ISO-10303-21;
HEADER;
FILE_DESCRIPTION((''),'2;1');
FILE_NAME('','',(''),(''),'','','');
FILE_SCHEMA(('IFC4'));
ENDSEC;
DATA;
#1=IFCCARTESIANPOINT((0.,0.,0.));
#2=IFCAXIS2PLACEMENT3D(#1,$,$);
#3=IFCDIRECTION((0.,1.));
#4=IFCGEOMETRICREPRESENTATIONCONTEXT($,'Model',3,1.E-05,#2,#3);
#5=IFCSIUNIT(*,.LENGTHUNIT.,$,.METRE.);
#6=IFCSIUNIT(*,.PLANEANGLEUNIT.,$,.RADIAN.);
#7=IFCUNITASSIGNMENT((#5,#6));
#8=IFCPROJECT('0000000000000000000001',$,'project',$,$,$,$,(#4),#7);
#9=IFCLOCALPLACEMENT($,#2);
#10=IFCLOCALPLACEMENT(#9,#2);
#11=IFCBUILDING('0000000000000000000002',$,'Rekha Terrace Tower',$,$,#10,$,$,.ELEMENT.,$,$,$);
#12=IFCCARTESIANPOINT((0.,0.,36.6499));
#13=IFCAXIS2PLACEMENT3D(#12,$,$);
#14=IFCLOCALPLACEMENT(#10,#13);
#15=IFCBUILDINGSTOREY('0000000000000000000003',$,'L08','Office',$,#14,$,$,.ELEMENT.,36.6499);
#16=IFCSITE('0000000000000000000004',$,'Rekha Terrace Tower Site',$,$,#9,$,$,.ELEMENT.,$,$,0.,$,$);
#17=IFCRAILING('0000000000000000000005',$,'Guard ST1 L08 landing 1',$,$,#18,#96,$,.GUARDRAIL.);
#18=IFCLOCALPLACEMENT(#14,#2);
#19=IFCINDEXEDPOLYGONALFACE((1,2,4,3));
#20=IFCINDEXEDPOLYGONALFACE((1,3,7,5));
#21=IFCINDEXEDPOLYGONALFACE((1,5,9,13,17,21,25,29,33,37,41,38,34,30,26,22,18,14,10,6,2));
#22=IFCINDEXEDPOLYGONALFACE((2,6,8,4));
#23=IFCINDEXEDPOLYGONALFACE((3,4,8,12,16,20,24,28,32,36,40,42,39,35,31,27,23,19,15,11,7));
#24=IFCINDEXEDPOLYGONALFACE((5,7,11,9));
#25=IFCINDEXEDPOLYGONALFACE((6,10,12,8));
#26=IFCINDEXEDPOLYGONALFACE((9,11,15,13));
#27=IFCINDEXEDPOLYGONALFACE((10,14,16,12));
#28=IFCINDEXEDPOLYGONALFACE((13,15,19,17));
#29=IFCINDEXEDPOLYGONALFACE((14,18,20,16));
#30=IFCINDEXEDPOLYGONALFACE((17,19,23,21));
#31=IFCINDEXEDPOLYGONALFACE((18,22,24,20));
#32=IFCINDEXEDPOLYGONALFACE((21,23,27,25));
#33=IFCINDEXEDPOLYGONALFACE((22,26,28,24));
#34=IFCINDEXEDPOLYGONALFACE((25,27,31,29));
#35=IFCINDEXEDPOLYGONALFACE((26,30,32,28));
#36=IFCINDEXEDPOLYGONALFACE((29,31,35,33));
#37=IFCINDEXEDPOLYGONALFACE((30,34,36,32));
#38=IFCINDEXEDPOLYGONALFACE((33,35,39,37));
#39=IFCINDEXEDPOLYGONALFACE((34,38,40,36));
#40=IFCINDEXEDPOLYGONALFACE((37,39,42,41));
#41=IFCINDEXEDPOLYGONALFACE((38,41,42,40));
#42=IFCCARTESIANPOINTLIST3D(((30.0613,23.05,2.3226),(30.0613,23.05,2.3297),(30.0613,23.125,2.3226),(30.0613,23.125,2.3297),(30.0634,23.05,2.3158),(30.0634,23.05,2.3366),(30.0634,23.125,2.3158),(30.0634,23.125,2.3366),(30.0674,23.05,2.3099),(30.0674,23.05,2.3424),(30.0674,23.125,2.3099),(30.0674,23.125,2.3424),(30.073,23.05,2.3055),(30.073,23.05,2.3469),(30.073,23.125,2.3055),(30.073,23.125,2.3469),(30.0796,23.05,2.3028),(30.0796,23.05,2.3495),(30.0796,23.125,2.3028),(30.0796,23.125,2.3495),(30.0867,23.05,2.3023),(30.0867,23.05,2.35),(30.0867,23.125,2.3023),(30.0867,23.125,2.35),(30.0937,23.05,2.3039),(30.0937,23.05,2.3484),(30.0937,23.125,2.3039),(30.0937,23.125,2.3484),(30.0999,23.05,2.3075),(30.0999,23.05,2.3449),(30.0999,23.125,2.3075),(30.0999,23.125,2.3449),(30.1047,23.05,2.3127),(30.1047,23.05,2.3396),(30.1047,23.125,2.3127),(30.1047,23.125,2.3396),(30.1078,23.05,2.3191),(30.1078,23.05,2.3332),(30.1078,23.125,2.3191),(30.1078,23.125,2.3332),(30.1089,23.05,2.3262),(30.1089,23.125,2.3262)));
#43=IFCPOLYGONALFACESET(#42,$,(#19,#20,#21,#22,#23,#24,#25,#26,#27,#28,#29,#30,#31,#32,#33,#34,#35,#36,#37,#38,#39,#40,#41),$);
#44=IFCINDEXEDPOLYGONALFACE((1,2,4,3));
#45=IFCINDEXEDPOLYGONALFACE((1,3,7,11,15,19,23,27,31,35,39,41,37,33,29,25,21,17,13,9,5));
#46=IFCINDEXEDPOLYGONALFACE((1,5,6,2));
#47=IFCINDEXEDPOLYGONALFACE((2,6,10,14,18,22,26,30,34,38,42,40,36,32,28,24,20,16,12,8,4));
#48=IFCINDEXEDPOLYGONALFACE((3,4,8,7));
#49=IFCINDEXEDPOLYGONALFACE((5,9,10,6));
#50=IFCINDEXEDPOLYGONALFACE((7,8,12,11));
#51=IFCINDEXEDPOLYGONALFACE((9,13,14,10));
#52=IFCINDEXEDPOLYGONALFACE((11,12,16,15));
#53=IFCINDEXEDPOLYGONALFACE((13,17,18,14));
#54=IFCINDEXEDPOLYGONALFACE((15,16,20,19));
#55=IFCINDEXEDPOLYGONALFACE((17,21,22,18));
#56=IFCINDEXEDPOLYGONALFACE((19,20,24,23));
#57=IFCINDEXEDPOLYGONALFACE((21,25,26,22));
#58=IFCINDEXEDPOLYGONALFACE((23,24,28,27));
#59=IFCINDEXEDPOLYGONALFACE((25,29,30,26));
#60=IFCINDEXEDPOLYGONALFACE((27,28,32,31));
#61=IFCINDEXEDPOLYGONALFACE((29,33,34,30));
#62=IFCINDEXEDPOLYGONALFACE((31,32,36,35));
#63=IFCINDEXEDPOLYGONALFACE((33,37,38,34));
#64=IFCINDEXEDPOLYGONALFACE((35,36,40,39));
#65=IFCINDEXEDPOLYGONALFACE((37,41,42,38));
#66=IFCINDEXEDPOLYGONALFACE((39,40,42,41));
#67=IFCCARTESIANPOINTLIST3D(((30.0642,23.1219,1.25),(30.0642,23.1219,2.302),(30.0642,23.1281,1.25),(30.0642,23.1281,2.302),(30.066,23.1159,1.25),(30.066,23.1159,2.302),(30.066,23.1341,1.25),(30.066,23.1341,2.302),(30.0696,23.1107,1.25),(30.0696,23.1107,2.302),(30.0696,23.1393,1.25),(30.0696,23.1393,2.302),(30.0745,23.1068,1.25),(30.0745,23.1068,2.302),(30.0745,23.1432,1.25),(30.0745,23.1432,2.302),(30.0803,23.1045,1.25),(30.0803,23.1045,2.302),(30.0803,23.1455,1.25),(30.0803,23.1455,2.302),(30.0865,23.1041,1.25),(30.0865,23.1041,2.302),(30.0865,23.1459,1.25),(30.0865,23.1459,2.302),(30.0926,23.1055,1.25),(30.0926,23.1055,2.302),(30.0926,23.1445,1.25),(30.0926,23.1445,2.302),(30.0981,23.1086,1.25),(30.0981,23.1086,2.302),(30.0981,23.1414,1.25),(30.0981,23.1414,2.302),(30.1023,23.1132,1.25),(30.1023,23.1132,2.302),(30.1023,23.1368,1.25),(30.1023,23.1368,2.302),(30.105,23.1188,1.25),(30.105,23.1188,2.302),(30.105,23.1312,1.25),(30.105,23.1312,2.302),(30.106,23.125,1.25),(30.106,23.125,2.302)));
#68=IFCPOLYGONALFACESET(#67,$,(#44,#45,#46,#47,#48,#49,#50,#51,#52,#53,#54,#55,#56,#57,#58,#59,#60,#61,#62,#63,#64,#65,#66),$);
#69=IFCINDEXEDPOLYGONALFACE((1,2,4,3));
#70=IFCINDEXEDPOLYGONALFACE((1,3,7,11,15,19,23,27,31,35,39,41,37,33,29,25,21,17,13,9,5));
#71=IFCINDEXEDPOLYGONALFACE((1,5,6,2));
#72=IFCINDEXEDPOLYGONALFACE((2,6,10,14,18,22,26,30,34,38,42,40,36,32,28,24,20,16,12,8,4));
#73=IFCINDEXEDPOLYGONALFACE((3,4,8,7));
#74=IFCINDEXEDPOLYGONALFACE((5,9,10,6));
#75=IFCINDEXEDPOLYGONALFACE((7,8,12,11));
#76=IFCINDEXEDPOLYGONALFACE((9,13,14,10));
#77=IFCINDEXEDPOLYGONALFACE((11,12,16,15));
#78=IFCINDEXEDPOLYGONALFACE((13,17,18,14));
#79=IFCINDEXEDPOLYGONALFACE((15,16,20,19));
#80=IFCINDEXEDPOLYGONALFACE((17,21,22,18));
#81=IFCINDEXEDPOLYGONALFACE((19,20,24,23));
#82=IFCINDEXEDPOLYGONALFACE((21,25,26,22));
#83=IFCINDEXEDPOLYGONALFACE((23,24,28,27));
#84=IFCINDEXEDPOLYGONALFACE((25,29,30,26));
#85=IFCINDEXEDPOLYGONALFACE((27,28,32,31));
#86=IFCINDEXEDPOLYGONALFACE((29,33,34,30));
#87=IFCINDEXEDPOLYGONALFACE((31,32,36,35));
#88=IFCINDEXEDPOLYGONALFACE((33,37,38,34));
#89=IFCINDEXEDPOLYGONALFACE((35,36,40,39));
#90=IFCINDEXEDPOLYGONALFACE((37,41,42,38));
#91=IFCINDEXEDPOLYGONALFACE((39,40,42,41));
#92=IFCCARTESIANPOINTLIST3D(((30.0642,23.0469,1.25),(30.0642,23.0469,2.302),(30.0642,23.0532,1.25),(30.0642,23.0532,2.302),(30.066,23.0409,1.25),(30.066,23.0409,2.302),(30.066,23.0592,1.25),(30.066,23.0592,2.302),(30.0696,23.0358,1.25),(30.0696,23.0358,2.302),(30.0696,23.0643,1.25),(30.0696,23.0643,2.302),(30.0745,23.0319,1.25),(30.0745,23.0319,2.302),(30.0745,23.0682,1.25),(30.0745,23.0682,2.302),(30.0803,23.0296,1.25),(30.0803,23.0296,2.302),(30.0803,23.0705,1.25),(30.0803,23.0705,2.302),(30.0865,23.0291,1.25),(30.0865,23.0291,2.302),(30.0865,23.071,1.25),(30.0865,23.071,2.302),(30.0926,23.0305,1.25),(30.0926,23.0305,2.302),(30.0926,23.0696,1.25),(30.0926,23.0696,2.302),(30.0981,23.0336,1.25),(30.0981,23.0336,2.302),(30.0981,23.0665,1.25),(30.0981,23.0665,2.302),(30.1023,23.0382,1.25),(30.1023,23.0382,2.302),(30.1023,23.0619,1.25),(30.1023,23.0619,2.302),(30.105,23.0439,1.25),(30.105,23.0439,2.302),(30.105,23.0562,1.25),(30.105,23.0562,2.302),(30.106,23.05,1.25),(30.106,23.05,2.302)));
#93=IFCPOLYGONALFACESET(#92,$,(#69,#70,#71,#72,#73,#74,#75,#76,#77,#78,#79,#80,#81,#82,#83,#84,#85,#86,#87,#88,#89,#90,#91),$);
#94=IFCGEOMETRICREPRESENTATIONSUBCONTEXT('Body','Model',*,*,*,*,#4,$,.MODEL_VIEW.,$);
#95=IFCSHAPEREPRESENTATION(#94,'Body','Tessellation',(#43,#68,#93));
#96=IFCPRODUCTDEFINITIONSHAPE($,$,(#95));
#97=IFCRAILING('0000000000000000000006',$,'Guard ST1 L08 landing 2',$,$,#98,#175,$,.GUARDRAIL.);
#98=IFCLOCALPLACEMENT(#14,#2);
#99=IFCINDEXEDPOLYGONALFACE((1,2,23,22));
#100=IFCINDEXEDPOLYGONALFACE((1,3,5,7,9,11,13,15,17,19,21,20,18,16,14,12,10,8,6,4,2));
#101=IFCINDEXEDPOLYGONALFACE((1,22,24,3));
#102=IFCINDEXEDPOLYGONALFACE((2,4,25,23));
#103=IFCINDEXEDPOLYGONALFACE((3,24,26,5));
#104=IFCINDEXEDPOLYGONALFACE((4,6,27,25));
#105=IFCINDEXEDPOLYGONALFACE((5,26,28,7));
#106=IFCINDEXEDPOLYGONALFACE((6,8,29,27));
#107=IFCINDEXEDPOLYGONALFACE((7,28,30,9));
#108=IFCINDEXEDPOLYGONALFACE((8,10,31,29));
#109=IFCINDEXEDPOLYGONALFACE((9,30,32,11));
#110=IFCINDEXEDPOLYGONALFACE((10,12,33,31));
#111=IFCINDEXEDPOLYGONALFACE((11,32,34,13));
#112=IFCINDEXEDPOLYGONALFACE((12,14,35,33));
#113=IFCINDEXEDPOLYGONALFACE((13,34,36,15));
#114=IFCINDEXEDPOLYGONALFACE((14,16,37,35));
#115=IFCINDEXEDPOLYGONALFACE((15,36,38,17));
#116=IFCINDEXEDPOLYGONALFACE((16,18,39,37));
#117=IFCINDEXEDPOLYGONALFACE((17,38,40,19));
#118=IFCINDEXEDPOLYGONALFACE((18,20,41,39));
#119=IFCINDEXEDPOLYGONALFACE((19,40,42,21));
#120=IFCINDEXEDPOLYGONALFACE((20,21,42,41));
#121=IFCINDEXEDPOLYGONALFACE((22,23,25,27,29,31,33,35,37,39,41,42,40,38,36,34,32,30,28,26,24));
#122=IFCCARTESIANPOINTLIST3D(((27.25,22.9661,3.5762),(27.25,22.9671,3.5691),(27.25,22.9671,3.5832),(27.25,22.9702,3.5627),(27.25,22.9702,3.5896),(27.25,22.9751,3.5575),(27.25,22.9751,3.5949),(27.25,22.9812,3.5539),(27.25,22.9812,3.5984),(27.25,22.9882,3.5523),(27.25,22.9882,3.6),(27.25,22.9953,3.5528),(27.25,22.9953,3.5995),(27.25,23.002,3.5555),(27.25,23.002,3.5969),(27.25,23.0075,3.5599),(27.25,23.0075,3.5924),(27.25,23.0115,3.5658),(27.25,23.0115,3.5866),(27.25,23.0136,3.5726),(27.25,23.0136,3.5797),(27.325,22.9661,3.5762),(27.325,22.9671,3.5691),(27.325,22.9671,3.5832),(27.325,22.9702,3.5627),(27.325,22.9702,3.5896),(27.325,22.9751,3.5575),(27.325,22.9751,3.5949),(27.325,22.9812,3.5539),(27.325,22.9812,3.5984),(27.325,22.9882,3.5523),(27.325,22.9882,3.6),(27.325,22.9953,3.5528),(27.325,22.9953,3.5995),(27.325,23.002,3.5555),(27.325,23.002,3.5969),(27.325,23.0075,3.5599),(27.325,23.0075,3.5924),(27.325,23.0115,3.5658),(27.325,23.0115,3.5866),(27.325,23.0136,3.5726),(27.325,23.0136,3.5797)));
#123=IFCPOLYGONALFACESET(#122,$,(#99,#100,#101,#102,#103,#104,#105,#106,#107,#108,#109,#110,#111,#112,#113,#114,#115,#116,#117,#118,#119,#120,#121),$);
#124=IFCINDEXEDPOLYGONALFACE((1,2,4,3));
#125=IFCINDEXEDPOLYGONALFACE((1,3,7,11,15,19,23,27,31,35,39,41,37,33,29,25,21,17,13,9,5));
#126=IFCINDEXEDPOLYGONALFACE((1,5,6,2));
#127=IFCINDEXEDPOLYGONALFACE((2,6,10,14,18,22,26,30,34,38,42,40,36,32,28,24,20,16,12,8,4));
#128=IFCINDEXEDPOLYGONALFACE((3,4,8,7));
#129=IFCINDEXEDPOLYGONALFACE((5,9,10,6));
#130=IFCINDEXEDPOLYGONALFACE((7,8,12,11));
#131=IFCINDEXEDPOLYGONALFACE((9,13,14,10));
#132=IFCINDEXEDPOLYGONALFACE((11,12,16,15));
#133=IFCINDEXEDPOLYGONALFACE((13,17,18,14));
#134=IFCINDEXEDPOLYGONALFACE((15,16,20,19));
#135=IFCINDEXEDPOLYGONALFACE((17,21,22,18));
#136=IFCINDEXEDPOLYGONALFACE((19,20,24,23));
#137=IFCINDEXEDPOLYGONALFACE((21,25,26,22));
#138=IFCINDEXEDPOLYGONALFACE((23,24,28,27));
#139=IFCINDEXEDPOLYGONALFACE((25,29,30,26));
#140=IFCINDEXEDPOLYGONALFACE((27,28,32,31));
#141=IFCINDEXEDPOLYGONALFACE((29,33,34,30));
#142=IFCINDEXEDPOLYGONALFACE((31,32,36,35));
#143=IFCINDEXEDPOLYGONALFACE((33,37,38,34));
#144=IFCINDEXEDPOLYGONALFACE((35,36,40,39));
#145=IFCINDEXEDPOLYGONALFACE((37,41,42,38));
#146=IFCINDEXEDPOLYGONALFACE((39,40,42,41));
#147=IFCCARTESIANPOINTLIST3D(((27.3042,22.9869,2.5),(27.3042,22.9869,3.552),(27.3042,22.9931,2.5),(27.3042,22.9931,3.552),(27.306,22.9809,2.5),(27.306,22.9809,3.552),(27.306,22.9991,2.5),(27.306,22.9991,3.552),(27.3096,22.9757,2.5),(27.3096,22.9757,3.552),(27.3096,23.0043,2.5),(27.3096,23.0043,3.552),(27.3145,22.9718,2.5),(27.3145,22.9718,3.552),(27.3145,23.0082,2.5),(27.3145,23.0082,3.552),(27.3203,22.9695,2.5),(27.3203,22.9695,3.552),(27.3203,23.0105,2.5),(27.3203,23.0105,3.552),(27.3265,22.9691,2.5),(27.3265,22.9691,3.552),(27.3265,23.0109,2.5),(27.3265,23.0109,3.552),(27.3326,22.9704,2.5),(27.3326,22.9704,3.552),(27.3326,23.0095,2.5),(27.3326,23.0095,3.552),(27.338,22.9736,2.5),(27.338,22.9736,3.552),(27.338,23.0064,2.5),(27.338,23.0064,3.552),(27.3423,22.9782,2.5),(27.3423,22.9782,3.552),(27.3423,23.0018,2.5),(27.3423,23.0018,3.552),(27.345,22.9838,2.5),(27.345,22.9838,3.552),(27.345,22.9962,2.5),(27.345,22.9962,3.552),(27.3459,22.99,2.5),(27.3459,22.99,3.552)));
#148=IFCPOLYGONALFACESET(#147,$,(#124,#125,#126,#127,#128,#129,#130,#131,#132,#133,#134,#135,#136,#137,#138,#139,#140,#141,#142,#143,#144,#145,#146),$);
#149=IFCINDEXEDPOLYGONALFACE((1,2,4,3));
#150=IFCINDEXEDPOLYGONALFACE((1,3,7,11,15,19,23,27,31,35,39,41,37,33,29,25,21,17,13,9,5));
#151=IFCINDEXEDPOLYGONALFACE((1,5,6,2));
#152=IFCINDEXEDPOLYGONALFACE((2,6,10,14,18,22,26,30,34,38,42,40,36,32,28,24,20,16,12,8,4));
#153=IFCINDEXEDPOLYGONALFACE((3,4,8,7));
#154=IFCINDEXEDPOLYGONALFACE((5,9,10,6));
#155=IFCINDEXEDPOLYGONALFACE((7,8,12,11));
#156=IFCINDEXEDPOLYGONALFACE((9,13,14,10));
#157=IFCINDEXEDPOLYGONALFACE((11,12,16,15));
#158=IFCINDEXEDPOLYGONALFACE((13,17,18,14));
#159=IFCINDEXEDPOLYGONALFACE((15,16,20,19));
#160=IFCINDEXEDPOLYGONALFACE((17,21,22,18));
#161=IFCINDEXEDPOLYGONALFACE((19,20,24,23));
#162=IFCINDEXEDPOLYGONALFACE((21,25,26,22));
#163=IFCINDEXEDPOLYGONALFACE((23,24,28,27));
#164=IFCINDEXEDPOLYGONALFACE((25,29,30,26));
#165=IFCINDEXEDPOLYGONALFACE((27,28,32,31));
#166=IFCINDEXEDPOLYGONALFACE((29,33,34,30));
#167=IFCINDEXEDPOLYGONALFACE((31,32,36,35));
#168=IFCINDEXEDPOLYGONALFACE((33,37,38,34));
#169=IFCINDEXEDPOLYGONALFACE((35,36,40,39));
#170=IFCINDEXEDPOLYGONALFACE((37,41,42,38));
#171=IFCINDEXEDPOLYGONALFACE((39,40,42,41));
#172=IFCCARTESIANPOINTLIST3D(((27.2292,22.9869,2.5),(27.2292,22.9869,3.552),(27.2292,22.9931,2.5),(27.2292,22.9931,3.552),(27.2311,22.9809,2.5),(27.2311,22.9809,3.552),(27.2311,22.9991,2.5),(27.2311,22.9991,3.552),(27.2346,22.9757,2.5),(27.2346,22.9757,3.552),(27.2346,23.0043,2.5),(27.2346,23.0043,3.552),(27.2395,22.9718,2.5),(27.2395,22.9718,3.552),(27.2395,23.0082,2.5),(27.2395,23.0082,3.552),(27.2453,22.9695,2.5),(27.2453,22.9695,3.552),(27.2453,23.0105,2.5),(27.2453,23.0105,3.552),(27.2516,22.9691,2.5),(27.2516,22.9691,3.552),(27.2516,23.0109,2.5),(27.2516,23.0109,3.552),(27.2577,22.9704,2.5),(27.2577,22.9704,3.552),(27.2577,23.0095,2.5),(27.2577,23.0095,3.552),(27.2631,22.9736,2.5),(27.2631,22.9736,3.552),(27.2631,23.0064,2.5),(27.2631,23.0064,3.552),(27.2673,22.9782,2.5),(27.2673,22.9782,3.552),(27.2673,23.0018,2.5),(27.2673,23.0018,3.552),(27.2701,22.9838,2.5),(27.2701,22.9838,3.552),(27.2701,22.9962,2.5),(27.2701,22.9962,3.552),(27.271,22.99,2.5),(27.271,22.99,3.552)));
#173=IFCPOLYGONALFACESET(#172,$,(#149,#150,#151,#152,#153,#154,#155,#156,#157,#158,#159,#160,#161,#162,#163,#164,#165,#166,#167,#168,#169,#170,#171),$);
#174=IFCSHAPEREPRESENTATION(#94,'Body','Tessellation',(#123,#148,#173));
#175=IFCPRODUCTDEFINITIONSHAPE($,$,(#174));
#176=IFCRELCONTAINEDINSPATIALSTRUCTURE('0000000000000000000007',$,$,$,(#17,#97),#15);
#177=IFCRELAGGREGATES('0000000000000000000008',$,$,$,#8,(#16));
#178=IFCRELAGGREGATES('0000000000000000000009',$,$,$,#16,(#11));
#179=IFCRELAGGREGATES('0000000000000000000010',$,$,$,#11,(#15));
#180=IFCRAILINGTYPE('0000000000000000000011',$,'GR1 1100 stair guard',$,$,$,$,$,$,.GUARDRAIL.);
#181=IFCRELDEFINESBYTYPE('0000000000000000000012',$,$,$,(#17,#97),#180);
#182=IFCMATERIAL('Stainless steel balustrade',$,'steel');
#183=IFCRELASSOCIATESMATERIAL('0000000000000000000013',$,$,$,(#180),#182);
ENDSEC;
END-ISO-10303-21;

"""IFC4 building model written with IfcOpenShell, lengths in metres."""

from ifc_helpers import new_model, si_unit, direction, frame, origin, origin_2d, place, context, subcontext, project, spatial, circle, extrude, material, type_object, element, save


model = new_model("IFC4")

# Units and contexts
model_context = context("Model", 3, precision=1e-05, world=origin(), true_north=direction((0.0, 1.0)))
body_context = subcontext(model_context, "Body", "Model", "MODEL_VIEW")
ifc_project = project(units=[si_unit("LENGTHUNIT", "METRE"), si_unit("PLANEANGLEUNIT", "RADIAN")], contexts=[model_context])

# Site, building, storey
site_placement = place(None, origin())
site = spatial("IfcSite", under=ifc_project, at=site_placement, Name="Rekha Terrace Tower Site", CompositionType="ELEMENT", RefElevation=0.0)
building_placement = place(site_placement, origin())
building = spatial("IfcBuilding", under=site, at=building_placement, Name="Rekha Terrace Tower", CompositionType="ELEMENT")
storey_placement = place(building_placement, frame((0.0, 0.0, 36.6499)))
storey = spatial("IfcBuildingStorey", under=building, at=storey_placement, Name="L08", Description="Office", CompositionType="ELEMENT", Elevation=36.6499)

# Railings
ifc_material_1 = material(Name="Stainless steel balustrade", Category="steel")
railing_type_1 = type_object("IfcRailingType", Name="GR1 1100 stair guard", PredefinedType="GUARDRAIL", material=ifc_material_1)
railing_1_placement = place(storey_placement, frame((30.085, 23.125, 1.25)))
element("IfcRailing", 1, at=railing_1_placement, inside=storey, type_object=railing_type_1, Name="Guard ST1 L08 landing 1", PredefinedType="GUARDRAIL", context=body_context, shape_type="SweptSolid", body=[
    extrude(circle(Radius=0.0239, at=origin_2d()), frame((0.0, 0.0, 1.0762), z_axis=(0.0, -1.0, 0.0), x_axis=(1.0, 0.0, 0.0)), (0.0, 0.0, 1.0), 0.075),
    extrude(circle(Radius=0.021, at=origin_2d()), origin(), (0.0, 0.0, 1.0), 1.052),
    extrude(circle(Radius=0.021, at=origin_2d()), frame((0.0, -0.075, 0.0)), (0.0, 0.0, 1.0), 1.052),
])
railing_2_placement = place(storey_placement, frame((27.325, 22.99, 2.5)))
element("IfcRailing", 2, at=railing_2_placement, inside=storey, type_object=railing_type_1, Name="Guard ST1 L08 landing 2", PredefinedType="GUARDRAIL", context=body_context, shape_type="SweptSolid", body=[
    extrude(circle(Radius=0.0239, at=origin_2d()), frame((0.0, 0.0, 1.0762), z_axis=(-1.0, 0.0, 0.0), x_axis=(0.0, -1.0, 0.0)), (0.0, 0.0, 1.0), 0.075),
    extrude(circle(Radius=0.021, at=origin_2d()), origin(), (0.0, 0.0, 1.0), 1.052),
    extrude(circle(Radius=0.021, at=origin_2d()), frame((-0.075, 0.0, 0.0)), (0.0, 0.0, 1.0), 1.052),
])

save(model, "model.ifc")
